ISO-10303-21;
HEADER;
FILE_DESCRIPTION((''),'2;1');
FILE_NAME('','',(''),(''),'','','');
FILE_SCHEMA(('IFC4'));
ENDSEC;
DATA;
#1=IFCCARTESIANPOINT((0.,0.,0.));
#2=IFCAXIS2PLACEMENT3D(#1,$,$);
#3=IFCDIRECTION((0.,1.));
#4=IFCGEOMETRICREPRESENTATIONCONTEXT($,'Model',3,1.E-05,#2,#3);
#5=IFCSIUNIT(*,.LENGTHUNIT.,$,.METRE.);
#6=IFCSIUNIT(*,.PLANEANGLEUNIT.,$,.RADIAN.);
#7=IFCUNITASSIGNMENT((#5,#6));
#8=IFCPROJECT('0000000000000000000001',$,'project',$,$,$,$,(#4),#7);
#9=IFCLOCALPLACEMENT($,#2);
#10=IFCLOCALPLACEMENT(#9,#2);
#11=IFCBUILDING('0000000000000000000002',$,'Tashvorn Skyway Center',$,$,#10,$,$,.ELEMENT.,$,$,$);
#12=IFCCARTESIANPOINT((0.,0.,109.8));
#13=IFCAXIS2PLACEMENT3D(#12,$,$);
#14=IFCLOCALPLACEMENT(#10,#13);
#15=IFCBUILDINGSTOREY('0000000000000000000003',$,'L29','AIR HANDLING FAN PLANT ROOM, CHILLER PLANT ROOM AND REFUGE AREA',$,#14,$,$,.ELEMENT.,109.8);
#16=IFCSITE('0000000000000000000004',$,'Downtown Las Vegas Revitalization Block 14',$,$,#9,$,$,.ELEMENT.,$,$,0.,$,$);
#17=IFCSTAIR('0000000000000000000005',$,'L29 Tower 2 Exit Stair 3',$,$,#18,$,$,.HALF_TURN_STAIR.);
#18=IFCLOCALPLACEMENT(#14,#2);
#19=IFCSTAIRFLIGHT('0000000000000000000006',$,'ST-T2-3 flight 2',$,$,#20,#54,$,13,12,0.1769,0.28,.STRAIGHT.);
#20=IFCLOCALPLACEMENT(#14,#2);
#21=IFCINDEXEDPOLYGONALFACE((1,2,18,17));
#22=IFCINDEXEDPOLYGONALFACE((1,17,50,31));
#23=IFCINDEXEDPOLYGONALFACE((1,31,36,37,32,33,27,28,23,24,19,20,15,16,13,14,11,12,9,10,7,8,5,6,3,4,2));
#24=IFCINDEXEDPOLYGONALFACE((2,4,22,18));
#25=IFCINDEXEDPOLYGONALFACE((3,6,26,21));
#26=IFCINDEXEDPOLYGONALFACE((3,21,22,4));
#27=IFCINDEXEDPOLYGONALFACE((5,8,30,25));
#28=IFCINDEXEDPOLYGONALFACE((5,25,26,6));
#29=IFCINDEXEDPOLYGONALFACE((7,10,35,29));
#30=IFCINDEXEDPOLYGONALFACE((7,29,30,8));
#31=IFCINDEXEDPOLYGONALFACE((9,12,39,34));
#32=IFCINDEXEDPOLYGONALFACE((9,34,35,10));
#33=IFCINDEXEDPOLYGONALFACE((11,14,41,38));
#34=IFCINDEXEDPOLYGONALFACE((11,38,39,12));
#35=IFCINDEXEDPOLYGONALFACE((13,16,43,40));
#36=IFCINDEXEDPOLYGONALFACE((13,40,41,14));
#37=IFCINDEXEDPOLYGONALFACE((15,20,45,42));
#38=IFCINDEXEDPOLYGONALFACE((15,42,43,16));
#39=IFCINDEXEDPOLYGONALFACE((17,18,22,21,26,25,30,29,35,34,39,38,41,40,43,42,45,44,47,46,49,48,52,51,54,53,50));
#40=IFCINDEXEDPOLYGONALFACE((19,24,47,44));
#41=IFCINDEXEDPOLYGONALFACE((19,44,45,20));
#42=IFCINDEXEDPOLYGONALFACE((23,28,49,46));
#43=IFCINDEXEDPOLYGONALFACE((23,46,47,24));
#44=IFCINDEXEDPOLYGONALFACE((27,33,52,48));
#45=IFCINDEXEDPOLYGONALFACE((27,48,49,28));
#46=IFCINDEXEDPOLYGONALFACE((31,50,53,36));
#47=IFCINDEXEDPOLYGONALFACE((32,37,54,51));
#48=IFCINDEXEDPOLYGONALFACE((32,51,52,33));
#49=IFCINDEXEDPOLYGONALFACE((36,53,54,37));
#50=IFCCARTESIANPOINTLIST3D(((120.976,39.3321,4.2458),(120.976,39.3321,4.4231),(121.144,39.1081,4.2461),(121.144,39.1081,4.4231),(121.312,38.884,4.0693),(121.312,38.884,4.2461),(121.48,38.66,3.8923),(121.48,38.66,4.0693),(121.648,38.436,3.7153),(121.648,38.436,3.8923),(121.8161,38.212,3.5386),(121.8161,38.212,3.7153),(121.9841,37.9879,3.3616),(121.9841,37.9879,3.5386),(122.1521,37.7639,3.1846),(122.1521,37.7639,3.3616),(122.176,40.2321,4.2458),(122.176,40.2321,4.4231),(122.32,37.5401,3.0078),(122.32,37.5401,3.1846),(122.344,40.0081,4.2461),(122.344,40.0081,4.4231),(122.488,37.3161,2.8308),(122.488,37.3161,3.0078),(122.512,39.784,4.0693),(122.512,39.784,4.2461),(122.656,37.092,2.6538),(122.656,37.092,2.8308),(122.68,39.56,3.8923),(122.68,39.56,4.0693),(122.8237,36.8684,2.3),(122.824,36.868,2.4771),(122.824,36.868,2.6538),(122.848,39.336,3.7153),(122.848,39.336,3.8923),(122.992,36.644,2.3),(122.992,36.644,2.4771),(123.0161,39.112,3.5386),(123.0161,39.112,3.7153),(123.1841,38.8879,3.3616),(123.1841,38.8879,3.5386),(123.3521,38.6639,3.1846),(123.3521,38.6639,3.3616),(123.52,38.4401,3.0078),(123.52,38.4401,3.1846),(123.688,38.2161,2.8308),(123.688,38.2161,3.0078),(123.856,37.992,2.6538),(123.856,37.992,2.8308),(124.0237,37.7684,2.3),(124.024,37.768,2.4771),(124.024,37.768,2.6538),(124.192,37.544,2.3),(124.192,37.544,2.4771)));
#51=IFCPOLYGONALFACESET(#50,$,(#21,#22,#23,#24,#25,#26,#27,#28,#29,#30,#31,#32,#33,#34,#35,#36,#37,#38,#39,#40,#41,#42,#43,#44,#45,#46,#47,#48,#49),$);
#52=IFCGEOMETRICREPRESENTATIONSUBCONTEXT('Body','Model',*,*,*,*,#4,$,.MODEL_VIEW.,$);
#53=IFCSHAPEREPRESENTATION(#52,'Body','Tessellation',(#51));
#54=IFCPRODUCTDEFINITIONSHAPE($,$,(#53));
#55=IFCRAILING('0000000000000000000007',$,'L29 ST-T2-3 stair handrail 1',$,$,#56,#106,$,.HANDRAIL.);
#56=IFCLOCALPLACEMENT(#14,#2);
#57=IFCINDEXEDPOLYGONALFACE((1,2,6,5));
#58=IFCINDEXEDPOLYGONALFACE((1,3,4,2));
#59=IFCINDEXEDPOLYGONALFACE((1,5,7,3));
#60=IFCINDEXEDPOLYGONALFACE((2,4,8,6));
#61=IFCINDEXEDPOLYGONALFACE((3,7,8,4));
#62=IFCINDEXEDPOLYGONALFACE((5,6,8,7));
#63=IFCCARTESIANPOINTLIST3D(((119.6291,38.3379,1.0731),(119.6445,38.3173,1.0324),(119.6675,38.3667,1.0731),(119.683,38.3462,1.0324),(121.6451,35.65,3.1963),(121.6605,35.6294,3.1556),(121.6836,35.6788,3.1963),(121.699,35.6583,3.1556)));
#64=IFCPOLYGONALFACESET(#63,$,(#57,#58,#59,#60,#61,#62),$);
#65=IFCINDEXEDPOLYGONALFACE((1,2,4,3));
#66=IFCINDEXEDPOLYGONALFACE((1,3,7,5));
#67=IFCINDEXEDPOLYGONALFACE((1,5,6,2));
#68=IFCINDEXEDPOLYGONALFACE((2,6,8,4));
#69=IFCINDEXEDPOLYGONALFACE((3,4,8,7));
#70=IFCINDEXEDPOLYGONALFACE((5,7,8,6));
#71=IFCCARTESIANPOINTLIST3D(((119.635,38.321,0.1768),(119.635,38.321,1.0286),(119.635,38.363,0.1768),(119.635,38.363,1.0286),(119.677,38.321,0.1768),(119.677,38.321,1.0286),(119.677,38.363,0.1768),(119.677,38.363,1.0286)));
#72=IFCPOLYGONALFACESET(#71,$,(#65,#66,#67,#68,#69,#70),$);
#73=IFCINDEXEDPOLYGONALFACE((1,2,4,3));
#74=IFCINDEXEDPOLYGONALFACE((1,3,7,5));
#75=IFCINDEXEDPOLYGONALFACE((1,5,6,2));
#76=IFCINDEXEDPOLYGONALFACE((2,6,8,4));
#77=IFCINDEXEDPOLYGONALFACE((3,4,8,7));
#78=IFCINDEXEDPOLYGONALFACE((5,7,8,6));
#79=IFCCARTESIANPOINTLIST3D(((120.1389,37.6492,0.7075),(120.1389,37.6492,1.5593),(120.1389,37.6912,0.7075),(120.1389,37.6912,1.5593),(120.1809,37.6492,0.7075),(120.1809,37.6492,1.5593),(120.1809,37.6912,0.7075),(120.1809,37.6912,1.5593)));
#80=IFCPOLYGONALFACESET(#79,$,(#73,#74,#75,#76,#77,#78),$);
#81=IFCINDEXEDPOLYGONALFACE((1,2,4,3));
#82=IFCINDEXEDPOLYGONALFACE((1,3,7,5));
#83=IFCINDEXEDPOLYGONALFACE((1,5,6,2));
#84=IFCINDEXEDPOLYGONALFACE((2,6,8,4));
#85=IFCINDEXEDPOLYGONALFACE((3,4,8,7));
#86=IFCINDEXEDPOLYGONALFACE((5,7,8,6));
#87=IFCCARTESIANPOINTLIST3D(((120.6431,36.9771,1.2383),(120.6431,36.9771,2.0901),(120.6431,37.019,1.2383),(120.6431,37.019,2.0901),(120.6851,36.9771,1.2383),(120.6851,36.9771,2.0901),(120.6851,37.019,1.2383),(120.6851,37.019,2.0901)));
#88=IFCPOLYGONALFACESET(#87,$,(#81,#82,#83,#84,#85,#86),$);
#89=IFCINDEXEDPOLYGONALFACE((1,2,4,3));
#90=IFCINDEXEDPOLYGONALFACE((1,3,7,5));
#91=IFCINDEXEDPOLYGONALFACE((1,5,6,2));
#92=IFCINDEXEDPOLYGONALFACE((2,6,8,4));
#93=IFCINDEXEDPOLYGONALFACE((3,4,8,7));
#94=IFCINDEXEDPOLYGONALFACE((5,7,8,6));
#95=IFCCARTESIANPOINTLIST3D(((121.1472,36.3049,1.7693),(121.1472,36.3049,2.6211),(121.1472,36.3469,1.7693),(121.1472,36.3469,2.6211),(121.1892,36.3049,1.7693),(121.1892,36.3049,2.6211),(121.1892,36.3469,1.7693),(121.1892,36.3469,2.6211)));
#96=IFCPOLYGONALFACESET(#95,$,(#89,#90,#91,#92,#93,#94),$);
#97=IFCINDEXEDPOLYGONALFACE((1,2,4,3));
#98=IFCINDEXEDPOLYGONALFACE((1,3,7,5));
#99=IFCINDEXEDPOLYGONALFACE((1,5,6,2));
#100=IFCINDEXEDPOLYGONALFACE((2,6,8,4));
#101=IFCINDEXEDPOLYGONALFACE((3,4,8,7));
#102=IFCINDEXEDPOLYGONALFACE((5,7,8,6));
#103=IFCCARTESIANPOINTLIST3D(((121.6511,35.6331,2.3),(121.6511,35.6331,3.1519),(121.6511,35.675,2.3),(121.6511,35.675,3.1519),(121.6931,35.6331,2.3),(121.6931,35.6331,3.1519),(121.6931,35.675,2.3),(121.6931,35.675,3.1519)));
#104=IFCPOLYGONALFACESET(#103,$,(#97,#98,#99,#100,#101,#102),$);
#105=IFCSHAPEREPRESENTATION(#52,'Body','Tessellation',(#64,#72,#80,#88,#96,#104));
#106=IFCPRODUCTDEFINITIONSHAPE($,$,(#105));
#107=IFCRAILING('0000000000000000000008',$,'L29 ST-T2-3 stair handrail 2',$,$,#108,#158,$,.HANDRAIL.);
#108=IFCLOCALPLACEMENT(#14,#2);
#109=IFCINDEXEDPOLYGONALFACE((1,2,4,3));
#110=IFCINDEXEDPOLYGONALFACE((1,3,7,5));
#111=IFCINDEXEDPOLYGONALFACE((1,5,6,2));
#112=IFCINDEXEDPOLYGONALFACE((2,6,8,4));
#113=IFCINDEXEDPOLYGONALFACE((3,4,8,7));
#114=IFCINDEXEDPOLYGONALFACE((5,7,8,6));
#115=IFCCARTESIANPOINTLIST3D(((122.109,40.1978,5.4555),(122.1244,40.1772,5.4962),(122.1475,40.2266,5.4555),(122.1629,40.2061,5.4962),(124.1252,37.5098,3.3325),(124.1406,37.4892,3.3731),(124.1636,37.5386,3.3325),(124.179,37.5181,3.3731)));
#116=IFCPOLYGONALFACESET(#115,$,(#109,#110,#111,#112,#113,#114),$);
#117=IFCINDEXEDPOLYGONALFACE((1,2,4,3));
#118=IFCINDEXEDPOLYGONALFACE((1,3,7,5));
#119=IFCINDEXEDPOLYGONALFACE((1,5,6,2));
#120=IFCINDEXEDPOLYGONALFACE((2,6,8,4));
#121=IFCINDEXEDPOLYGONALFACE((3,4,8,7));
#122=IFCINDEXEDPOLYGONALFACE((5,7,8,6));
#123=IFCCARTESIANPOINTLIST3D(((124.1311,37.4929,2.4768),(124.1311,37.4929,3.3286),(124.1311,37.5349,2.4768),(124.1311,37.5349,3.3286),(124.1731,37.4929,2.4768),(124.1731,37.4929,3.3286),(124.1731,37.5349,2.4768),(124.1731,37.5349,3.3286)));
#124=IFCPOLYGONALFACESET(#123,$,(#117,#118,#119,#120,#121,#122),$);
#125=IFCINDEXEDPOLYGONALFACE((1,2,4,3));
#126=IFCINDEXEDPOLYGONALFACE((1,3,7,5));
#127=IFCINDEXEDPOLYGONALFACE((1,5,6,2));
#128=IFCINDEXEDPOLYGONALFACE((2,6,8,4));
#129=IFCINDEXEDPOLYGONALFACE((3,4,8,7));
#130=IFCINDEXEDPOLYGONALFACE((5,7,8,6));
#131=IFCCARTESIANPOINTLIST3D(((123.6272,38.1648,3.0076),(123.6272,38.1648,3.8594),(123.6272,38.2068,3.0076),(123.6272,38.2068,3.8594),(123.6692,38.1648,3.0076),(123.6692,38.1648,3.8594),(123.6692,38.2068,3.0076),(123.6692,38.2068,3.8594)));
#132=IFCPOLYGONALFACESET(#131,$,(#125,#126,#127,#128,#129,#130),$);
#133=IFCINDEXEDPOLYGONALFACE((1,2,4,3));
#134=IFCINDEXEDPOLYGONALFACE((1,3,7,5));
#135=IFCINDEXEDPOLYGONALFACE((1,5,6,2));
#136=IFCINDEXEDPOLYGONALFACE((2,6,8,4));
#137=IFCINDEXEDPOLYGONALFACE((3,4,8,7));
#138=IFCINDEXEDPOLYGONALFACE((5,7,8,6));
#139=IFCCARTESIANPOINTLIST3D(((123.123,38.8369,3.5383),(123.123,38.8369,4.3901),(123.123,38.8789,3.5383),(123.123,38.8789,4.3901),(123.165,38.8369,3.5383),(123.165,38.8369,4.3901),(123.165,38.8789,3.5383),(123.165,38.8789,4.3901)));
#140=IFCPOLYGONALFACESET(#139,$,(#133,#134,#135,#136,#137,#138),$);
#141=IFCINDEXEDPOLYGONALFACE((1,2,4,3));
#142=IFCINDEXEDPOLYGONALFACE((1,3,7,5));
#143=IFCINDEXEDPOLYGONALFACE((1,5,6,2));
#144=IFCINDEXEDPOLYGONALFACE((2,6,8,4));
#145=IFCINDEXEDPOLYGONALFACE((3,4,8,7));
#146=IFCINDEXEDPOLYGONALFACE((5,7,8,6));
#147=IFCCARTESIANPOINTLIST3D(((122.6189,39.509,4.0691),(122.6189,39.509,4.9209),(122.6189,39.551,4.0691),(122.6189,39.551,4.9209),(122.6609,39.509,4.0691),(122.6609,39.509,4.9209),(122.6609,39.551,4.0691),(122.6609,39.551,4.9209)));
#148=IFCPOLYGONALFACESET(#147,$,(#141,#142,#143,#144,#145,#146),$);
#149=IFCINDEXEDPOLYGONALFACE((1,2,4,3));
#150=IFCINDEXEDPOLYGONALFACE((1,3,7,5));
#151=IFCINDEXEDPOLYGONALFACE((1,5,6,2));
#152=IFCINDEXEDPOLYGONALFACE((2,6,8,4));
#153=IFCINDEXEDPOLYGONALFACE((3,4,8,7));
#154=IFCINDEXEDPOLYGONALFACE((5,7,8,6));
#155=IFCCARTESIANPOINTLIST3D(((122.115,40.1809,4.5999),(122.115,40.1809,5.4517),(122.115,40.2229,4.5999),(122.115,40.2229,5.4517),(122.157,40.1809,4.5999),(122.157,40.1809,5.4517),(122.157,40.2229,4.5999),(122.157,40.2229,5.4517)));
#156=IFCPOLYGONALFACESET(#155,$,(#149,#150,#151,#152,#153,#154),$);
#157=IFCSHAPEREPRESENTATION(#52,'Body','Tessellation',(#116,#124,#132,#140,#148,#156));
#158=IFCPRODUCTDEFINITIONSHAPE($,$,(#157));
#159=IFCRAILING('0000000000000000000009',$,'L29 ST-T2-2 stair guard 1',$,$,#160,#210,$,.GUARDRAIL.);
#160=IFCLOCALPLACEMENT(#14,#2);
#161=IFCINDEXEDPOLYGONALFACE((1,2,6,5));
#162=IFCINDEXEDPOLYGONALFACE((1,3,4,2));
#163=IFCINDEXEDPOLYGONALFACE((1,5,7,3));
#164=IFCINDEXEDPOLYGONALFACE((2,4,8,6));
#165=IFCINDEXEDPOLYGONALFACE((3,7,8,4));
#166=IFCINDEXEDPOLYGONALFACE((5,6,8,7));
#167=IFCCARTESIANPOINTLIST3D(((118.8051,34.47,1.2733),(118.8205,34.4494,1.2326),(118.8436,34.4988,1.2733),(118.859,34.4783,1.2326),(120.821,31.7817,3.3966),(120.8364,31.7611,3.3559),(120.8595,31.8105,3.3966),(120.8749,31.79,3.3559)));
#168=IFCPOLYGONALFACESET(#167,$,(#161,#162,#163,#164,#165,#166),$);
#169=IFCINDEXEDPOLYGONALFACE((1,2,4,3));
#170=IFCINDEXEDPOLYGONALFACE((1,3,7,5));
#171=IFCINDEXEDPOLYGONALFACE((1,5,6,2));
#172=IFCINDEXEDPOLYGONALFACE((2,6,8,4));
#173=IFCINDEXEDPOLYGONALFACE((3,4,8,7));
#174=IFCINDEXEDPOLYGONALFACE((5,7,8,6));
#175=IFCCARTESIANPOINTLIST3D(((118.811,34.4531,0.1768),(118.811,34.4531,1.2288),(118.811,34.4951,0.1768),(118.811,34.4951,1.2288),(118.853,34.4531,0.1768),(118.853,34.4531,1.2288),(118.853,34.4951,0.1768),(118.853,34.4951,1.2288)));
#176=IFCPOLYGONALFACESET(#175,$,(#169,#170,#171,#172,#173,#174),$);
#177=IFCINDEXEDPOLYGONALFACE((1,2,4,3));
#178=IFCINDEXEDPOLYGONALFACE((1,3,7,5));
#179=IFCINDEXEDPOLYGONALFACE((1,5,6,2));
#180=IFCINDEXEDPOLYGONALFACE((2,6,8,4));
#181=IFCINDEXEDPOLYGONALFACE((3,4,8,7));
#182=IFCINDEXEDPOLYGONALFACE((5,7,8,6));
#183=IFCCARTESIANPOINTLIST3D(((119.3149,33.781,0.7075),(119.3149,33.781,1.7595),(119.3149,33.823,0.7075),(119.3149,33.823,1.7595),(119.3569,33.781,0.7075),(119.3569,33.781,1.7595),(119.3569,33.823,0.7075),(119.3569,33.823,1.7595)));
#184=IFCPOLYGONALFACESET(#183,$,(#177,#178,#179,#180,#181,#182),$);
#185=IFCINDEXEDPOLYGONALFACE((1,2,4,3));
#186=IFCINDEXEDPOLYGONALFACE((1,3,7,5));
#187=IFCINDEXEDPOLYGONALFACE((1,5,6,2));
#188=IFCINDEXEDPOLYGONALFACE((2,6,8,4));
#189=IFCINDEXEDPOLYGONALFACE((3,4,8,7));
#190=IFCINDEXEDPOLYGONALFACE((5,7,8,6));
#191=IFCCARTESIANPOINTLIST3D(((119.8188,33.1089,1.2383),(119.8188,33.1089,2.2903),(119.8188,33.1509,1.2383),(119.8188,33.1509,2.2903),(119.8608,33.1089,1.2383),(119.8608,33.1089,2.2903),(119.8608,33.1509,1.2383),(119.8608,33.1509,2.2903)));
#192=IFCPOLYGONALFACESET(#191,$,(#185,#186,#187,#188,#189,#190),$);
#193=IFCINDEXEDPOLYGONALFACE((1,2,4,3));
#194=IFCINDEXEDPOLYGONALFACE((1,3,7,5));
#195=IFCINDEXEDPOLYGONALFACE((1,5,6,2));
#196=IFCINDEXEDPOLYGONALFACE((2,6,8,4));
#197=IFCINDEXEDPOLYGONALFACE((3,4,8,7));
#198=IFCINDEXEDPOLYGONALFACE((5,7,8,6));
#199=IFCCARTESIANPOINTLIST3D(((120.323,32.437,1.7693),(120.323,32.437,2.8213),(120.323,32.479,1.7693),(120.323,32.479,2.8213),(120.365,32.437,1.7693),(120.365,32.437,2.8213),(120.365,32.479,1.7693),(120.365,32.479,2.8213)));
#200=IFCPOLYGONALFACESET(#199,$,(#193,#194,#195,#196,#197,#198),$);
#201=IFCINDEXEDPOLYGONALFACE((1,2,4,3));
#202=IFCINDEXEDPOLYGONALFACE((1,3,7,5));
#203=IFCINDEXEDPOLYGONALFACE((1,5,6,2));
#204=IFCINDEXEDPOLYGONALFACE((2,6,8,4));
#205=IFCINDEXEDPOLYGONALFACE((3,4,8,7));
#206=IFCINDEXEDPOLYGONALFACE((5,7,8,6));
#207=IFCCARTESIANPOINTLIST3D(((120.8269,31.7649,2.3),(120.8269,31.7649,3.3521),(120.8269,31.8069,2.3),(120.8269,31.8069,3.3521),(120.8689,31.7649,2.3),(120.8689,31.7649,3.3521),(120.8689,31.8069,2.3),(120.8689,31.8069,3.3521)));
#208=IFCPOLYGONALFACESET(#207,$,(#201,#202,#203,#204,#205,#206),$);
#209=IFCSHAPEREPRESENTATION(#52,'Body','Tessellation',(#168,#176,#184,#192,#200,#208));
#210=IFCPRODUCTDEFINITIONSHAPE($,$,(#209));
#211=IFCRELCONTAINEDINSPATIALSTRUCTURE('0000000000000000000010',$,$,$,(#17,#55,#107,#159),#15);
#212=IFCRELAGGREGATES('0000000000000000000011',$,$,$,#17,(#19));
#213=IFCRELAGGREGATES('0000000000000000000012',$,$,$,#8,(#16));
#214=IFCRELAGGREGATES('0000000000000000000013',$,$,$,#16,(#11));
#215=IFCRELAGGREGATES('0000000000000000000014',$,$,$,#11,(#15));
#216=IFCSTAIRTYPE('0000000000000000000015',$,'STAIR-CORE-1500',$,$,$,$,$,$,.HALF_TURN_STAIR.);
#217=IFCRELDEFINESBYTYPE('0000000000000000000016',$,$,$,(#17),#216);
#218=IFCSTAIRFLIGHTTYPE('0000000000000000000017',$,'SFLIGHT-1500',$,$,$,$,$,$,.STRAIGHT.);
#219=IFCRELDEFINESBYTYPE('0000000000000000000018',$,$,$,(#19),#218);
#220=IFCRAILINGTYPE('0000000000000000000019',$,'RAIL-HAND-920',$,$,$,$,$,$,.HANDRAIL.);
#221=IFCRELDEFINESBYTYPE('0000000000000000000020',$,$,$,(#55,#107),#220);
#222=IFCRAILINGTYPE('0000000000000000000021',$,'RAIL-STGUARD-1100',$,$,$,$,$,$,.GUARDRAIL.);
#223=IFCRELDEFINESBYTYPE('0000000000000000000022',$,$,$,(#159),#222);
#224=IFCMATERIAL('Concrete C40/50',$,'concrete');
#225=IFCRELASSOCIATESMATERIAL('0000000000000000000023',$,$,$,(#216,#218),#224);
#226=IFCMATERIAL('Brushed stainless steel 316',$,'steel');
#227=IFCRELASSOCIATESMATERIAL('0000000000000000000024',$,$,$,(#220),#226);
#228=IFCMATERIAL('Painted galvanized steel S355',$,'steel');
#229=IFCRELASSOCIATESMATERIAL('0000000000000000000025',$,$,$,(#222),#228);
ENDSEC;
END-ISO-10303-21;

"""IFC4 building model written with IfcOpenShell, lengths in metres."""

from ifc_helpers import new_model, si_unit, direction, frame, origin, origin_2d, place, context, subcontext, project, spatial, polyline, rectangle, outline, extrude, material, type_object, element, aggregate, save


model = new_model("IFC4")

# Units and contexts
model_context = context("Model", 3, precision=1e-05, world=origin(), true_north=direction((0.0, 1.0)))
body_context = subcontext(model_context, "Body", "Model", "MODEL_VIEW")
ifc_project = project(units=[si_unit("LENGTHUNIT", "METRE"), si_unit("PLANEANGLEUNIT", "RADIAN")], contexts=[model_context])

# Site, building, storey
site_placement = place(None, origin())
site = spatial("IfcSite", under=ifc_project, at=site_placement, Name="Downtown Las Vegas Revitalization Block 14", CompositionType="ELEMENT", RefElevation=0.0)
building_placement = place(site_placement, origin())
building = spatial("IfcBuilding", under=site, at=building_placement, Name="Tashvorn Skyway Center", CompositionType="ELEMENT")
storey_placement = place(building_placement, frame((0.0, 0.0, 109.8)))
storey = spatial("IfcBuildingStorey", under=building, at=storey_placement, Name="L29", Description="AIR HANDLING FAN PLANT ROOM, CHILLER PLANT ROOM AND REFUGE AREA", CompositionType="ELEMENT", Elevation=109.8)

# Shared definitions
ifc_material_1 = material(Name="Concrete C40/50", Category="concrete")

# Stair, stair flight
stair_type = type_object("IfcStairType", Name="STAIR-CORE-1500", PredefinedType="HALF_TURN_STAIR", material=ifc_material_1)
stair_placement = place(storey_placement, origin())
stair = element("IfcStair", 1, at=stair_placement, inside=storey, type_object=stair_type, Name="L29 Tower 2 Exit Stair 3", PredefinedType="HALF_TURN_STAIR")
stair_flight_type = type_object("IfcStairFlightType", Name="SFLIGHT-1500", PredefinedType="STRAIGHT", material=ifc_material_1)
stair_flight_1_placement = place(storey_placement, frame((123.592, 37.094, 2.3), z_axis=(0.0, 0.0, 1.0), x_axis=(-0.6, 0.8, 0.0)))
stair_flight_1 = element("IfcStairFlight", 2, at=stair_flight_1_placement, type_object=stair_flight_type, Name="ST-T2-3 flight 2", NumberOfRisers=13, NumberOfTreads=12, PredefinedType="STRAIGHT", RiserHeight=0.1769, TreadLength=0.28, context=body_context, shape_type="SweptSolid", body=[
    extrude(outline(polyline([(0.0, 0.0), (0.0, 0.177), (0.28, 0.177), (0.28, 0.3538), (0.5601, 0.3538), (0.5601, 0.5308), (0.8401, 0.5308), (0.8401, 0.7078), (1.1201, 0.7078), (1.1201, 0.8845), (1.3999, 0.8845), (1.3999, 1.0615), (1.6799, 1.0615), (1.6799, 1.2385), (1.96, 1.2385), (1.96, 1.4153), (2.24, 1.4153), (2.24, 1.5923), (2.52, 1.5923), (2.52, 1.7693), (2.8, 1.7693), (2.8, 1.946), (3.0801, 1.946), (3.0801, 2.123), (3.3601, 2.123), (3.3601, 2.3), (3.3601, 1.9458), (0.2805, 0.0), (0.0, 0.0)])), frame((0.0, 0.75, 0.0), z_axis=(0.0, -1.0, 0.0), x_axis=(1.0, 0.0, 0.0)), (0.0, 0.0, 1.0), 1.5),
])
aggregate(stair, [stair_flight_1])

# Railings
ifc_material_2 = material(Name="Brushed stainless steel 316", Category="steel")
railing_type_1 = type_object("IfcRailingType", Name="RAIL-HAND-920", PredefinedType="HANDRAIL", material=ifc_material_2)
railing_1_placement = place(storey_placement, frame((119.656, 38.342, 0.1768)))
element("IfcRailing", 3, at=railing_1_placement, inside=storey, type_object=railing_type_1, Name="L29 ST-T2-3 stair handrail 1", PredefinedType="HANDRAIL", context=body_context, shape_type="SweptSolid", body=[
    extrude(rectangle(XDim=0.0481, YDim=0.0481, at=origin_2d()), frame((0.0, 0.0, 0.876), z_axis=(0.507235, -0.676272, 0.5342), x_axis=(0.799983, 0.600023, 0.0)), (0.0, 0.0, 1.0), 3.9746),
    extrude(rectangle(XDim=0.042, YDim=0.042, at=origin_2d()), origin(), (0.0, 0.0, 1.0), 0.8518),
    extrude(rectangle(XDim=0.042, YDim=0.042, at=origin_2d()), frame((0.5039, -0.6719, 0.5308)), (0.0, 0.0, 1.0), 0.8518),
    extrude(rectangle(XDim=0.042, YDim=0.042, at=origin_2d()), frame((1.0081, -1.344, 1.0615)), (0.0, 0.0, 1.0), 0.8518),
    extrude(rectangle(XDim=0.042, YDim=0.042, at=origin_2d()), frame((1.5122, -2.0161, 1.5925)), (0.0, 0.0, 1.0), 0.8518),
    extrude(rectangle(XDim=0.042, YDim=0.042, at=origin_2d()), frame((2.0161, -2.688, 2.1233)), (0.0, 0.0, 1.0), 0.8518),
])
railing_2_placement = place(storey_placement, frame((124.1521, 37.5139, 2.4768)))
element("IfcRailing", 4, at=railing_2_placement, inside=storey, type_object=railing_type_1, Name="L29 ST-T2-3 stair handrail 2", PredefinedType="HANDRAIL", context=body_context, shape_type="SweptSolid", body=[
    extrude(rectangle(XDim=0.0481, YDim=0.0481, at=origin_2d()), frame((0.0, 0.0, 0.876), z_axis=(-0.507251, 0.676294, 0.534156), x_axis=(-0.799983, -0.600023, 0.0)), (0.0, 0.0, 1.0), 3.9746),
    extrude(rectangle(XDim=0.042, YDim=0.042, at=origin_2d()), origin(), (0.0, 0.0, 1.0), 0.8518),
    extrude(rectangle(XDim=0.042, YDim=0.042, at=origin_2d()), frame((-0.5039, 0.6719, 0.5308)), (0.0, 0.0, 1.0), 0.8518),
    extrude(rectangle(XDim=0.042, YDim=0.042, at=origin_2d()), frame((-1.0081, 1.344, 1.0615)), (0.0, 0.0, 1.0), 0.8518),
    extrude(rectangle(XDim=0.042, YDim=0.042, at=origin_2d()), frame((-1.5122, 2.0161, 1.5923)), (0.0, 0.0, 1.0), 0.8518),
    extrude(rectangle(XDim=0.042, YDim=0.042, at=origin_2d()), frame((-2.0161, 2.688, 2.123)), (0.0, 0.0, 1.0), 0.8518),
])
ifc_material_3 = material(Name="Painted galvanized steel S355", Category="steel")
railing_type_2 = type_object("IfcRailingType", Name="RAIL-STGUARD-1100", PredefinedType="GUARDRAIL", material=ifc_material_3)
railing_3_placement = place(storey_placement, frame((118.832, 34.4741, 0.1768)))
element("IfcRailing", 5, at=railing_3_placement, inside=storey, type_object=railing_type_2, Name="L29 ST-T2-2 stair guard 1", PredefinedType="GUARDRAIL", context=body_context, shape_type="SweptSolid", body=[
    extrude(rectangle(XDim=0.0481, YDim=0.0481, at=origin_2d()), frame((0.0, 0.0, 1.0762), z_axis=(0.507168, -0.676326, 0.534194), x_axis=(0.800044, 0.599942, 0.0)), (0.0, 0.0, 1.0), 3.9749),
    extrude(rectangle(XDim=0.042, YDim=0.042, at=origin_2d()), origin(), (0.0, 0.0, 1.0), 1.052),
    extrude(rectangle(XDim=0.042, YDim=0.042, at=origin_2d()), frame((0.5039, -0.6721, 0.5308)), (0.0, 0.0, 1.0), 1.052),
    extrude(rectangle(XDim=0.042, YDim=0.042, at=origin_2d()), frame((1.0078, -1.3442, 1.0615)), (0.0, 0.0, 1.0), 1.052),
    extrude(rectangle(XDim=0.042, YDim=0.042, at=origin_2d()), frame((1.512, -2.0161, 1.5925)), (0.0, 0.0, 1.0), 1.052),
    extrude(rectangle(XDim=0.042, YDim=0.042, at=origin_2d()), frame((2.0159, -2.6882, 2.1233)), (0.0, 0.0, 1.0), 1.052),
])

save(model, "model.ifc")
